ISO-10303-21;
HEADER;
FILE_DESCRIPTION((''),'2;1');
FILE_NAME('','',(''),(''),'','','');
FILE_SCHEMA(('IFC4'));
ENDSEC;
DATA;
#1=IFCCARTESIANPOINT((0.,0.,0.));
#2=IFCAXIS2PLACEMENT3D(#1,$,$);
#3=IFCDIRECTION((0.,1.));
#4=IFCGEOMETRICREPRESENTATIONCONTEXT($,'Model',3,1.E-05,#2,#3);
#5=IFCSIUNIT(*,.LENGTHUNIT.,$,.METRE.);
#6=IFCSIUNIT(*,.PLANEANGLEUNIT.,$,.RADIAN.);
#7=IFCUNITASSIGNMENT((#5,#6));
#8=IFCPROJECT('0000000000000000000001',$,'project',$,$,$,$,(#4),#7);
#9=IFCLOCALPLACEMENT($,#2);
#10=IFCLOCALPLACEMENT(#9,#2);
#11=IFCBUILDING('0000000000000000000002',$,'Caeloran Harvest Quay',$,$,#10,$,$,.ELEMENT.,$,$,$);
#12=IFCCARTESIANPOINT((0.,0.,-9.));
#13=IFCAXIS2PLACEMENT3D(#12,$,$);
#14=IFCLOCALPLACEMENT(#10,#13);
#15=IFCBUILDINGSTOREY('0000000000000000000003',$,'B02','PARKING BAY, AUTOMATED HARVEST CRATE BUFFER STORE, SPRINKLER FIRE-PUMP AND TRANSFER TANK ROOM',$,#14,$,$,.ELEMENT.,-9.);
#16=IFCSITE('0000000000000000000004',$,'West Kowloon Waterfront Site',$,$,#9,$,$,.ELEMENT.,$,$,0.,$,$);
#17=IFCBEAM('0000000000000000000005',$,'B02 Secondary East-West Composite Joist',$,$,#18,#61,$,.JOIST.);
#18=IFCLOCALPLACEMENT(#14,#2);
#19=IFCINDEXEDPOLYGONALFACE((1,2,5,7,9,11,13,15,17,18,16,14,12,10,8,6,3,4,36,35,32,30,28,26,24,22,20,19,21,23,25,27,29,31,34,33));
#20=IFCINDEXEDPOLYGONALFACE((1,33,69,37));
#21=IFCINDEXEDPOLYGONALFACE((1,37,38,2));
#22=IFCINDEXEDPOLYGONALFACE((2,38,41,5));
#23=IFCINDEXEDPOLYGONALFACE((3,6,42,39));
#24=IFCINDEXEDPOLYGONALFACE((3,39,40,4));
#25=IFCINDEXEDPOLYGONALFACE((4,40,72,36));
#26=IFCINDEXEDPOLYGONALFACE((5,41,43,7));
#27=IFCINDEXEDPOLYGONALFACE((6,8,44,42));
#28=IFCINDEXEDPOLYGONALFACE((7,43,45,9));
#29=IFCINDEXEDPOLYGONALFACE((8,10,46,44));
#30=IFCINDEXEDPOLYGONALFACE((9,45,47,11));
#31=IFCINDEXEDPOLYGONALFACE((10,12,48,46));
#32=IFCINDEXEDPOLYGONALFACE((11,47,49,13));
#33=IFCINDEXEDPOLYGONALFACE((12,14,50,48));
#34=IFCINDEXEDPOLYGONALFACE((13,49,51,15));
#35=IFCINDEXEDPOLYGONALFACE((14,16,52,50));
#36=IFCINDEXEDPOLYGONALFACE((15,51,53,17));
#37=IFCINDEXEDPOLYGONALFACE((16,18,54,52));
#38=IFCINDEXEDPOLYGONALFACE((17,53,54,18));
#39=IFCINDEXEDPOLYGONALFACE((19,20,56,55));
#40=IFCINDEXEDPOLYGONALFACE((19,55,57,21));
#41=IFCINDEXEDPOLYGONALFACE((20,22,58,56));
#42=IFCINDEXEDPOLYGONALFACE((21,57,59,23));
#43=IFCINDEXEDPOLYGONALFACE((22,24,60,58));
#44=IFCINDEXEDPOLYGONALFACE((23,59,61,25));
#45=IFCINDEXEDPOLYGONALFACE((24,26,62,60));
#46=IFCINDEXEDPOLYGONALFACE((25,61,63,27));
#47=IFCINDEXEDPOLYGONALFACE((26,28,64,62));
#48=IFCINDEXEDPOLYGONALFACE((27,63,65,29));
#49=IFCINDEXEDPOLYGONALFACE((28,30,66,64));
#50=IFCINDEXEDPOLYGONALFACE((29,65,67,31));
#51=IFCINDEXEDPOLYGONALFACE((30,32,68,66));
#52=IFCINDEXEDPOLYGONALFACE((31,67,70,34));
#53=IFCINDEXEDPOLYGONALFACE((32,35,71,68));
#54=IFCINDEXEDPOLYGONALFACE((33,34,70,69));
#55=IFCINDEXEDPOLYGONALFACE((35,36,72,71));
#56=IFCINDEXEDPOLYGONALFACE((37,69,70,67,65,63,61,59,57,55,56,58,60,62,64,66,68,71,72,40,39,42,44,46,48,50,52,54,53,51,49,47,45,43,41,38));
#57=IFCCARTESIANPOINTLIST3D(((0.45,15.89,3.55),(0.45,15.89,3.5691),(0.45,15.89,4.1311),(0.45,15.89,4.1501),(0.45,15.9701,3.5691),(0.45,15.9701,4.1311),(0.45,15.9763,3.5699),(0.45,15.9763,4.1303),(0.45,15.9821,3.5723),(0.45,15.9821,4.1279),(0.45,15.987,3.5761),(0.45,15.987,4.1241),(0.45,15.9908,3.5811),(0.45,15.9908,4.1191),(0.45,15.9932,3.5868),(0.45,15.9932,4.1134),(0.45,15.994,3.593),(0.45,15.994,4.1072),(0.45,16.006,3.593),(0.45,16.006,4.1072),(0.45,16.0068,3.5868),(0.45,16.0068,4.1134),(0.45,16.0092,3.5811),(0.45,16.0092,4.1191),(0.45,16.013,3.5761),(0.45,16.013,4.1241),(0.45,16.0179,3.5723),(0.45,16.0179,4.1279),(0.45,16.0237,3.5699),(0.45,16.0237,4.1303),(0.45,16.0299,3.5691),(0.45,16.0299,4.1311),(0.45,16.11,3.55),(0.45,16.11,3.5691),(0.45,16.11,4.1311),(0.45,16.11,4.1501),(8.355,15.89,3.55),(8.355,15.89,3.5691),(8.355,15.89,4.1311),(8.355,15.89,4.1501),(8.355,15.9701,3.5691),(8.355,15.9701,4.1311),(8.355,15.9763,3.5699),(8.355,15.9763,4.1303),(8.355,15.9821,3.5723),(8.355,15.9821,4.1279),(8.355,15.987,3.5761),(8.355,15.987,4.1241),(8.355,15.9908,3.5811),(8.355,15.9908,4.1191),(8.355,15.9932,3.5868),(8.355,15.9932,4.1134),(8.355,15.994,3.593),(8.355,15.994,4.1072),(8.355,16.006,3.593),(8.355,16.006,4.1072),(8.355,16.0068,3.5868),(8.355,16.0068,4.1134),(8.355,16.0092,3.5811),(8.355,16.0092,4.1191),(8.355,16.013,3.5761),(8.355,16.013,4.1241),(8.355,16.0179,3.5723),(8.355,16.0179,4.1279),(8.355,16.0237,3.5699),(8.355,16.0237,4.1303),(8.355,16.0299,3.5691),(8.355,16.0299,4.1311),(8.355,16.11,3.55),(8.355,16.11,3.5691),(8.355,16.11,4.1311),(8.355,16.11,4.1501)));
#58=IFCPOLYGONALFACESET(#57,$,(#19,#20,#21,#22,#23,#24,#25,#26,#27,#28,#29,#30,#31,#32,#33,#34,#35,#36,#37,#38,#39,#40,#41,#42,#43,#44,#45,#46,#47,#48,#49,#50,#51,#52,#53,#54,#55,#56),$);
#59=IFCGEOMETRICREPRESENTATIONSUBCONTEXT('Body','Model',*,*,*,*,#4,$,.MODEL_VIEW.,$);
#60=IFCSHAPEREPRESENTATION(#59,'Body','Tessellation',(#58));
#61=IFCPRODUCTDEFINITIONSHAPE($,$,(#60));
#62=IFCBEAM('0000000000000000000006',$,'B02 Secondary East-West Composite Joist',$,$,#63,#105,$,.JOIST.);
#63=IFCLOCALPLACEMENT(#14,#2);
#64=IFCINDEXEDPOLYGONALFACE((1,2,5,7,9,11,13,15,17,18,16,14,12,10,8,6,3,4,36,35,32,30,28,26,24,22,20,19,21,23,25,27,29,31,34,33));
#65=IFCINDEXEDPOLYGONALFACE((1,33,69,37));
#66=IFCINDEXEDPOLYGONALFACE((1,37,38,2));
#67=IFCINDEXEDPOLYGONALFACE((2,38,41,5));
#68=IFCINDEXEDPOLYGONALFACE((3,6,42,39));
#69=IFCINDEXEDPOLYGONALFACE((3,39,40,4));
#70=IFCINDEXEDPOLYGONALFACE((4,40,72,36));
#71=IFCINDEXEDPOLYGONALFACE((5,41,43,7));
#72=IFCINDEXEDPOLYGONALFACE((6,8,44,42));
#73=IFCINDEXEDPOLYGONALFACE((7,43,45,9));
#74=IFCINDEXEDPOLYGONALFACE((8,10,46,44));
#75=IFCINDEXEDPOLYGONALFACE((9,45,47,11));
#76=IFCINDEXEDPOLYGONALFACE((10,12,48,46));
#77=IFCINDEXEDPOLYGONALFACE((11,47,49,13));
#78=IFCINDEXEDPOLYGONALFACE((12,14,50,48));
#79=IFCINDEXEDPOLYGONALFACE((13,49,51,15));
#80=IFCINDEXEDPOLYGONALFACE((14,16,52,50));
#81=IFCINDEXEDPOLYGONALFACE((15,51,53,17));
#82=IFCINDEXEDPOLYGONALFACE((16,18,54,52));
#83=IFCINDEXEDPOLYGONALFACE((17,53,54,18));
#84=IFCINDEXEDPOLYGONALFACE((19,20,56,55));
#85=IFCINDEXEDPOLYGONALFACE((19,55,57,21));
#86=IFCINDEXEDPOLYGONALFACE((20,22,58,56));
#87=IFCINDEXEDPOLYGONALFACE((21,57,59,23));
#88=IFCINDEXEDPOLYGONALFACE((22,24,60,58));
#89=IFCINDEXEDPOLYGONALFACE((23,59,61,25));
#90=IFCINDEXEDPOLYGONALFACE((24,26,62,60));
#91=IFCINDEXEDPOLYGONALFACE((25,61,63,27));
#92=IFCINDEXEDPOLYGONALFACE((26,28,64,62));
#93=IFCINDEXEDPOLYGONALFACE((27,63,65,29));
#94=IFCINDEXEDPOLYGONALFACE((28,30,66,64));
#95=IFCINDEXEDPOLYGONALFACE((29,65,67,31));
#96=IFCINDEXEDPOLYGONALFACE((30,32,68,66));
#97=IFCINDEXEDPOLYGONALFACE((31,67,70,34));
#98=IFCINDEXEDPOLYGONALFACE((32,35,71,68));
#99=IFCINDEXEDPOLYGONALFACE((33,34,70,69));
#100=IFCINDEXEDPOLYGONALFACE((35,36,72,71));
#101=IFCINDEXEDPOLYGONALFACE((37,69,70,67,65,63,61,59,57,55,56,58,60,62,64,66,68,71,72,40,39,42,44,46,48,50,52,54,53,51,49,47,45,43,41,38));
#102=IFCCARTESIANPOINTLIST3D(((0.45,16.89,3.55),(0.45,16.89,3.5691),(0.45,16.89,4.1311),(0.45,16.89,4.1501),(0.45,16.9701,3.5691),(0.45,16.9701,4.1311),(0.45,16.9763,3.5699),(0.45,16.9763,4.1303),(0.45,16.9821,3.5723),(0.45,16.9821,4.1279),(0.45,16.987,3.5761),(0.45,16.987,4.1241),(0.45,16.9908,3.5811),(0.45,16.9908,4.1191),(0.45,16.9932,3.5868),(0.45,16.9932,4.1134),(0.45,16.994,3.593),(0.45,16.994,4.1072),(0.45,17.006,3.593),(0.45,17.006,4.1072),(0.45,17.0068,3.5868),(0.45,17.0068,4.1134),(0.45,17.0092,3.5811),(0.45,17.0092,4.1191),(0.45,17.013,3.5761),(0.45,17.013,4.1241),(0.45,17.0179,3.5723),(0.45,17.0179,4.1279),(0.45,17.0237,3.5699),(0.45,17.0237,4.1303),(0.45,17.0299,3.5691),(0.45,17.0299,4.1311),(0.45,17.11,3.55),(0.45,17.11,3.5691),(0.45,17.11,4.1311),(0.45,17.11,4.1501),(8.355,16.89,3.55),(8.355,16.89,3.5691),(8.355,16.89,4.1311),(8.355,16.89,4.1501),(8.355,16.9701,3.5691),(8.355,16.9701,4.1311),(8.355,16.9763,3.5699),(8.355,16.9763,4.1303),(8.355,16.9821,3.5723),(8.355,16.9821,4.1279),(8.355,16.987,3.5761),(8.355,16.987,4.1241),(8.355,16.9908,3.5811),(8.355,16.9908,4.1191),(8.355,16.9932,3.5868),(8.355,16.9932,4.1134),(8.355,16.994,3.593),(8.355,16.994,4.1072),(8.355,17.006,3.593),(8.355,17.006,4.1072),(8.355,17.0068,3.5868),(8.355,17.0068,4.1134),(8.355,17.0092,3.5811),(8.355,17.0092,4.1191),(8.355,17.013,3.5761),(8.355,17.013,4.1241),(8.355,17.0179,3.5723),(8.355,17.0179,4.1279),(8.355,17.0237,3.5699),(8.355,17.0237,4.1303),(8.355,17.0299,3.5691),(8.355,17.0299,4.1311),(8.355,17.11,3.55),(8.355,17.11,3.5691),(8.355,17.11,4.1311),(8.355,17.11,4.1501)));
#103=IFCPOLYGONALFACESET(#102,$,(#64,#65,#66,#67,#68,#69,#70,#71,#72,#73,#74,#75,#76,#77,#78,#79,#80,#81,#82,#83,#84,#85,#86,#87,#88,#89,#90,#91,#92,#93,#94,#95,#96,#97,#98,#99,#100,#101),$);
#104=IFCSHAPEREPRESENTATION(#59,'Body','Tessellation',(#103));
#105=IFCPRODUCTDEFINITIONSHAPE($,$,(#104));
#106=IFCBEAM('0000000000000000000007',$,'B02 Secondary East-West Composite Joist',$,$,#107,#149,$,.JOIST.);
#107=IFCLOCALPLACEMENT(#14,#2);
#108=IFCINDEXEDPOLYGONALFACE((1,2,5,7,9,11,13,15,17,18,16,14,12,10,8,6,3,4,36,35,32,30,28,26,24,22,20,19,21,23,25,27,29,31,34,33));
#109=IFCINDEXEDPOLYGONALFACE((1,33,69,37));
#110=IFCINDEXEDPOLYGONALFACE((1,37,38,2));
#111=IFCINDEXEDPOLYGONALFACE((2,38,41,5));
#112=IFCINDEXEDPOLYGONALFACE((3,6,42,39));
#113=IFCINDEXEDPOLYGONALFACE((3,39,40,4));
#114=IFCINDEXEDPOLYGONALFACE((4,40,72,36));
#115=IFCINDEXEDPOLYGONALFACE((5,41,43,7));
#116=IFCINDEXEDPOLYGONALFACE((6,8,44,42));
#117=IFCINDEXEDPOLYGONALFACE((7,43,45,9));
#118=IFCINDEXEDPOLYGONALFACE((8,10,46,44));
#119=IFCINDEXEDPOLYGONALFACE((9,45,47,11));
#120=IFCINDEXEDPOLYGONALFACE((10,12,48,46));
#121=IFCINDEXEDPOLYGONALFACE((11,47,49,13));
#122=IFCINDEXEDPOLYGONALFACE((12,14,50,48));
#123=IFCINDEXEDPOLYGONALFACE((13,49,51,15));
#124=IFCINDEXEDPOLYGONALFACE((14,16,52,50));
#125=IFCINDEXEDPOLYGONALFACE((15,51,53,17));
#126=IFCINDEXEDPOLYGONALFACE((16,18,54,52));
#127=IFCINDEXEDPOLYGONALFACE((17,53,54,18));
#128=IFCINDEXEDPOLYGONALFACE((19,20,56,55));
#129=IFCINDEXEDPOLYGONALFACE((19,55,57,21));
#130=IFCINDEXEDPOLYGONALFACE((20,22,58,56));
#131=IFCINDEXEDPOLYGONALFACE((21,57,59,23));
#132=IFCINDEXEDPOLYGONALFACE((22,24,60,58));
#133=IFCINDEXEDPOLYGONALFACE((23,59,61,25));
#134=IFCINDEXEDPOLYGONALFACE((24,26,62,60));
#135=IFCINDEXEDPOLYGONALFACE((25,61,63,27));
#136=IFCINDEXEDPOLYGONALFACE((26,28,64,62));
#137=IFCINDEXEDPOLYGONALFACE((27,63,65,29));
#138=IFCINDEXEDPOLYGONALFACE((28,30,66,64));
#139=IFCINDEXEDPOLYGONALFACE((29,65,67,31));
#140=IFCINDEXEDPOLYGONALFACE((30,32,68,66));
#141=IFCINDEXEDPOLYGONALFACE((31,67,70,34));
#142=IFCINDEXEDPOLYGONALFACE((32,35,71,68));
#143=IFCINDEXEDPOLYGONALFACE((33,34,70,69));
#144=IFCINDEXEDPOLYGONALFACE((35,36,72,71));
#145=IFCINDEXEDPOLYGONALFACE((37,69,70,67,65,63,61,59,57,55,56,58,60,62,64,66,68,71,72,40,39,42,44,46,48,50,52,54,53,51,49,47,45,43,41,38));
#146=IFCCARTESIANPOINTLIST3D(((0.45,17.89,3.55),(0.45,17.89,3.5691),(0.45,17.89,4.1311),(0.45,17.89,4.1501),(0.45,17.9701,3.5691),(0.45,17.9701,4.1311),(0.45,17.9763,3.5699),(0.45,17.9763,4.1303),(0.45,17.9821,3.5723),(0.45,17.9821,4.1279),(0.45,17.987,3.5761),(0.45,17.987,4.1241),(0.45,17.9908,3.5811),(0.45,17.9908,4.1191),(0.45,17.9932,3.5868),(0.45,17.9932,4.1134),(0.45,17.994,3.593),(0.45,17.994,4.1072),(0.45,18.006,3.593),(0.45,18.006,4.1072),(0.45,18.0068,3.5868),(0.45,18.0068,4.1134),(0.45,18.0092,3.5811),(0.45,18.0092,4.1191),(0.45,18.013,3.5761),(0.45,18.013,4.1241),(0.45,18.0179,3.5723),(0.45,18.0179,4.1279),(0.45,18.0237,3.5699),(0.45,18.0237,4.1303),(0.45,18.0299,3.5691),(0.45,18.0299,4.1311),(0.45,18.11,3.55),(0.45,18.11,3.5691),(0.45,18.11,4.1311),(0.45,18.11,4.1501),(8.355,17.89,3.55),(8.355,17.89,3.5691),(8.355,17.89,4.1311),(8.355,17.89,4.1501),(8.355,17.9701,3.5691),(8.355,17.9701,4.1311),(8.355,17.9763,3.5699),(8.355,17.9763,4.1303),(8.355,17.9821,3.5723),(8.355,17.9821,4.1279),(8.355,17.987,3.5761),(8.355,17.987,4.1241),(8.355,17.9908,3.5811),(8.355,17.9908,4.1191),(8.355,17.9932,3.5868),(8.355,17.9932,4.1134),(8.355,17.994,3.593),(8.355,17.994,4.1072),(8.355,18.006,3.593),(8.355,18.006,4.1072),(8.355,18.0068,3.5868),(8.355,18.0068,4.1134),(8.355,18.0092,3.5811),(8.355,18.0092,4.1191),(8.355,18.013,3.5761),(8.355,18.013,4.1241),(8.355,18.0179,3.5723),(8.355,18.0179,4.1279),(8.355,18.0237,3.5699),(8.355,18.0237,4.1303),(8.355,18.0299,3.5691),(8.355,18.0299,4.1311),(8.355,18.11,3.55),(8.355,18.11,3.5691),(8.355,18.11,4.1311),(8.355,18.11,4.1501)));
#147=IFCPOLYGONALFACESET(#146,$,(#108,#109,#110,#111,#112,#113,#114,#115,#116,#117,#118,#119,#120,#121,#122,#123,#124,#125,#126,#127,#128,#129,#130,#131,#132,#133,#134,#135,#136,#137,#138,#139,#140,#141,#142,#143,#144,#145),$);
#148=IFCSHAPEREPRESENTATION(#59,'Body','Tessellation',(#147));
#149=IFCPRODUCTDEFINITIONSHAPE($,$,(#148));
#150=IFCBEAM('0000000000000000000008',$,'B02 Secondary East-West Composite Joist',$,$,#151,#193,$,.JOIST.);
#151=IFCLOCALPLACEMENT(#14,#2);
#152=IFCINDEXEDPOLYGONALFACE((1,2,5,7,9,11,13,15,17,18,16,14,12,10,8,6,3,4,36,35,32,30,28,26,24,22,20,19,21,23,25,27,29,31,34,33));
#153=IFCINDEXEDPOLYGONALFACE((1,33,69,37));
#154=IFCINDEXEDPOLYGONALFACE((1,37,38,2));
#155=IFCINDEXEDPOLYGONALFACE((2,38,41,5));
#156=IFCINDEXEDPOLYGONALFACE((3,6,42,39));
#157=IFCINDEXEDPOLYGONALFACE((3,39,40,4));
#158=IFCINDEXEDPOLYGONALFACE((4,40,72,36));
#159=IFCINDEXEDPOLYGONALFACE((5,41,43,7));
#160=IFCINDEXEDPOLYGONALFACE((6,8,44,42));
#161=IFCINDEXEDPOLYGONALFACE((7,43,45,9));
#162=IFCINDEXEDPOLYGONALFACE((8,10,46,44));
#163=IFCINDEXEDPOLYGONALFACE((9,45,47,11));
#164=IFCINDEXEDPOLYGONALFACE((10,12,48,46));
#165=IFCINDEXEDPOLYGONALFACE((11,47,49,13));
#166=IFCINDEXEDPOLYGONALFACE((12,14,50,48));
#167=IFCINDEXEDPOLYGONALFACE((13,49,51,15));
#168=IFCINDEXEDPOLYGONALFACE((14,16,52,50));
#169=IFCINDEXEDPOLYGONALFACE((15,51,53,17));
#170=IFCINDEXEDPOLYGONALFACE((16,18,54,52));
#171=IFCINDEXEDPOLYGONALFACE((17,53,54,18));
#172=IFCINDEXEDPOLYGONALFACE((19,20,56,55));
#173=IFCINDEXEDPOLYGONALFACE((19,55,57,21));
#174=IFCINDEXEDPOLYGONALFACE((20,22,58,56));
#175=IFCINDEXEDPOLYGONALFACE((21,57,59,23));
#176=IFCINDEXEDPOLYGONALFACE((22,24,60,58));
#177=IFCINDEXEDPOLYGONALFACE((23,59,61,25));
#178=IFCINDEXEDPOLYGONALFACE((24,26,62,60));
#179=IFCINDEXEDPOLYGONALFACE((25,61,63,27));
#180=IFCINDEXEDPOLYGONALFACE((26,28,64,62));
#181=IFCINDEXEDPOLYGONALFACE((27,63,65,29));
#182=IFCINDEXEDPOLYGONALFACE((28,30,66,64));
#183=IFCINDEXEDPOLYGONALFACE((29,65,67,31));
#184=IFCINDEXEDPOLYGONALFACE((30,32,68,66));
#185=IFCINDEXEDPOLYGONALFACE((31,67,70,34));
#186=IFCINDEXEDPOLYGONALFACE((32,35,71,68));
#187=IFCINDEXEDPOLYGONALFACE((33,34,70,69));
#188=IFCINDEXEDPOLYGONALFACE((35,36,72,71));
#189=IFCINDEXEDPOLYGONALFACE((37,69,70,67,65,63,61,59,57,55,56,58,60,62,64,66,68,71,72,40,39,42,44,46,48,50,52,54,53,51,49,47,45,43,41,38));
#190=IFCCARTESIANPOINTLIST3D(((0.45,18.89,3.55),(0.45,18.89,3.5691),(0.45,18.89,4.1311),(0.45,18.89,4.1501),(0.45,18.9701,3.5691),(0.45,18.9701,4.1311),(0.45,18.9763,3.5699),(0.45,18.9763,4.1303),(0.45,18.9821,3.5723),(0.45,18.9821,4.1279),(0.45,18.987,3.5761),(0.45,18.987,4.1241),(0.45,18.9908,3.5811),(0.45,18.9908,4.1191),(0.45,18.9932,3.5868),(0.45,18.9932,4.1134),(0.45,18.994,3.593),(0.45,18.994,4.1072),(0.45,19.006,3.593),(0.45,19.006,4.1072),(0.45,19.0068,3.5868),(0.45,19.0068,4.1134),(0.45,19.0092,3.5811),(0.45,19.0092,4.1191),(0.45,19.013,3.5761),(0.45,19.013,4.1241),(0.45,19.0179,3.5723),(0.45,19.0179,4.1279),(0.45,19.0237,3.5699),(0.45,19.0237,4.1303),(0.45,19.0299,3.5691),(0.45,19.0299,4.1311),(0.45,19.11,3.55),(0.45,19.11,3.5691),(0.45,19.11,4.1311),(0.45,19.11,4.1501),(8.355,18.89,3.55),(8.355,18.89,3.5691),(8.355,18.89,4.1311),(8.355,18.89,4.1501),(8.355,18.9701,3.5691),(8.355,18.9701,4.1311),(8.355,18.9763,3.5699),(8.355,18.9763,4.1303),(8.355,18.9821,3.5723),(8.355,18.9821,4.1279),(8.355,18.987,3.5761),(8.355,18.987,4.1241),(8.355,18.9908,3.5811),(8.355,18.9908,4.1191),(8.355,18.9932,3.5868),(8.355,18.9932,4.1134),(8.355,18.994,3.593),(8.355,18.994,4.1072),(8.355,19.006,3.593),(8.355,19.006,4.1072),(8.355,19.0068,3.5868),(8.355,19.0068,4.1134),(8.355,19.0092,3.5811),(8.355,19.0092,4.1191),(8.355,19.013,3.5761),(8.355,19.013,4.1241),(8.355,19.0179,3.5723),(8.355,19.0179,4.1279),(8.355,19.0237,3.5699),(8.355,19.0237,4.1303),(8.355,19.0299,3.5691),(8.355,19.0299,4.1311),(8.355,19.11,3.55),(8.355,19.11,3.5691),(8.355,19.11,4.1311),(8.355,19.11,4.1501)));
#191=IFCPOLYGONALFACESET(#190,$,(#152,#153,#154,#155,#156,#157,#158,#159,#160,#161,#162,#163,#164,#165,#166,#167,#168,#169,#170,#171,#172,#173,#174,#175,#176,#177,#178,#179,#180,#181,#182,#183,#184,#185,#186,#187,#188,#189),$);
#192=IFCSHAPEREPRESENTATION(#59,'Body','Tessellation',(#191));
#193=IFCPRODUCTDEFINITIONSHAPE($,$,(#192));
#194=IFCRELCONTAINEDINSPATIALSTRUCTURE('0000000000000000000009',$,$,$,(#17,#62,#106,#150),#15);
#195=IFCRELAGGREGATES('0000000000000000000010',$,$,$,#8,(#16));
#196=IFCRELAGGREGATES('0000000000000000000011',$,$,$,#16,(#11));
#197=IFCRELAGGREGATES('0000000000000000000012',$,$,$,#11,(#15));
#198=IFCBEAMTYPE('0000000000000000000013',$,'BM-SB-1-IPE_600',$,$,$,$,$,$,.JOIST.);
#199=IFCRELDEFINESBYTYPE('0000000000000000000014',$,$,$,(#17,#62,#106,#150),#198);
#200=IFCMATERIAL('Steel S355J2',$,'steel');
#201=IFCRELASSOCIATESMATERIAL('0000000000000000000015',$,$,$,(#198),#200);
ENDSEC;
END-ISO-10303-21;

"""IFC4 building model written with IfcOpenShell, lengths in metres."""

from ifc_helpers import new_model, si_unit, direction, frame, origin, origin_2d, place, context, subcontext, project, spatial, i_section, extrude, material, material_profile, profile_set, type_object, element, save


model = new_model("IFC4")

# Units and contexts
model_context = context("Model", 3, precision=1e-05, world=origin(), true_north=direction((0.0, 1.0)))
body_context = subcontext(model_context, "Body", "Model", "MODEL_VIEW")
ifc_project = project(units=[si_unit("LENGTHUNIT", "METRE"), si_unit("PLANEANGLEUNIT", "RADIAN")], contexts=[model_context])

# Site, building, storey
site_placement = place(None, origin())
site = spatial("IfcSite", under=ifc_project, at=site_placement, Name="West Kowloon Waterfront Site", CompositionType="ELEMENT", RefElevation=0.0)
building_placement = place(site_placement, origin())
building = spatial("IfcBuilding", under=site, at=building_placement, Name="Caeloran Harvest Quay", CompositionType="ELEMENT")
storey_placement = place(building_placement, frame((0.0, 0.0, -9.0)))
storey = spatial("IfcBuildingStorey", under=building, at=storey_placement, Name="B02", Description="PARKING BAY, AUTOMATED HARVEST CRATE BUFFER STORE, SPRINKLER FIRE-PUMP AND TRANSFER TANK ROOM", CompositionType="ELEMENT", Elevation=-9.0)

# Beams
ifc_material_1 = material(Name="Steel S355J2", Category="steel")
ifc_material_profile_1 = material_profile(ifc_material_1, i_section(OverallWidth=0.22, OverallDepth=0.6001, WebThickness=0.012, FlangeThickness=0.019, FilletRadius=0.0239, at=origin_2d()), Name="IPE 600")
ifc_profile_set_1 = profile_set([ifc_material_profile_1], Name="Steel S355J2")
beam_type_1 = type_object("IfcBeamType", Name="BM-SB-1-IPE_600", PredefinedType="JOIST", material=ifc_profile_set_1)
for number, where, z_axis, x_axis, name in (
    (1, (0.45, 16.0, 3.8501), (1.0, 0.0, 0.0), (0.0, 1.0, 0.0), "B02 Secondary East-West Composite Joist"),
    (2, (0.45, 17.0, 3.8501), (1.0, 0.0, 0.0), (0.0, 1.0, 0.0), "B02 Secondary East-West Composite Joist"),
    (3, (0.45, 18.0, 3.8501), (1.0, 0.0, 0.0), (0.0, 1.0, 0.0), "B02 Secondary East-West Composite Joist"),
    (4, (0.45, 19.0, 3.8501), (1.0, 0.0, 0.0), (0.0, 1.0, 0.0), "B02 Secondary East-West Composite Joist"),
):
    element("IfcBeam", number, at=place(storey_placement, frame(where, z_axis=z_axis, x_axis=x_axis)), inside=storey, type_object=beam_type_1, Name=name, PredefinedType="JOIST", context=body_context, shape_type="SweptSolid", body=[
        extrude(i_section(OverallWidth=0.22, OverallDepth=0.6001, WebThickness=0.012, FlangeThickness=0.019, FilletRadius=0.0239, at=origin_2d()), origin(), (0.0, 0.0, 1.0), 7.905),
    ])

save(model, "model.ifc")
